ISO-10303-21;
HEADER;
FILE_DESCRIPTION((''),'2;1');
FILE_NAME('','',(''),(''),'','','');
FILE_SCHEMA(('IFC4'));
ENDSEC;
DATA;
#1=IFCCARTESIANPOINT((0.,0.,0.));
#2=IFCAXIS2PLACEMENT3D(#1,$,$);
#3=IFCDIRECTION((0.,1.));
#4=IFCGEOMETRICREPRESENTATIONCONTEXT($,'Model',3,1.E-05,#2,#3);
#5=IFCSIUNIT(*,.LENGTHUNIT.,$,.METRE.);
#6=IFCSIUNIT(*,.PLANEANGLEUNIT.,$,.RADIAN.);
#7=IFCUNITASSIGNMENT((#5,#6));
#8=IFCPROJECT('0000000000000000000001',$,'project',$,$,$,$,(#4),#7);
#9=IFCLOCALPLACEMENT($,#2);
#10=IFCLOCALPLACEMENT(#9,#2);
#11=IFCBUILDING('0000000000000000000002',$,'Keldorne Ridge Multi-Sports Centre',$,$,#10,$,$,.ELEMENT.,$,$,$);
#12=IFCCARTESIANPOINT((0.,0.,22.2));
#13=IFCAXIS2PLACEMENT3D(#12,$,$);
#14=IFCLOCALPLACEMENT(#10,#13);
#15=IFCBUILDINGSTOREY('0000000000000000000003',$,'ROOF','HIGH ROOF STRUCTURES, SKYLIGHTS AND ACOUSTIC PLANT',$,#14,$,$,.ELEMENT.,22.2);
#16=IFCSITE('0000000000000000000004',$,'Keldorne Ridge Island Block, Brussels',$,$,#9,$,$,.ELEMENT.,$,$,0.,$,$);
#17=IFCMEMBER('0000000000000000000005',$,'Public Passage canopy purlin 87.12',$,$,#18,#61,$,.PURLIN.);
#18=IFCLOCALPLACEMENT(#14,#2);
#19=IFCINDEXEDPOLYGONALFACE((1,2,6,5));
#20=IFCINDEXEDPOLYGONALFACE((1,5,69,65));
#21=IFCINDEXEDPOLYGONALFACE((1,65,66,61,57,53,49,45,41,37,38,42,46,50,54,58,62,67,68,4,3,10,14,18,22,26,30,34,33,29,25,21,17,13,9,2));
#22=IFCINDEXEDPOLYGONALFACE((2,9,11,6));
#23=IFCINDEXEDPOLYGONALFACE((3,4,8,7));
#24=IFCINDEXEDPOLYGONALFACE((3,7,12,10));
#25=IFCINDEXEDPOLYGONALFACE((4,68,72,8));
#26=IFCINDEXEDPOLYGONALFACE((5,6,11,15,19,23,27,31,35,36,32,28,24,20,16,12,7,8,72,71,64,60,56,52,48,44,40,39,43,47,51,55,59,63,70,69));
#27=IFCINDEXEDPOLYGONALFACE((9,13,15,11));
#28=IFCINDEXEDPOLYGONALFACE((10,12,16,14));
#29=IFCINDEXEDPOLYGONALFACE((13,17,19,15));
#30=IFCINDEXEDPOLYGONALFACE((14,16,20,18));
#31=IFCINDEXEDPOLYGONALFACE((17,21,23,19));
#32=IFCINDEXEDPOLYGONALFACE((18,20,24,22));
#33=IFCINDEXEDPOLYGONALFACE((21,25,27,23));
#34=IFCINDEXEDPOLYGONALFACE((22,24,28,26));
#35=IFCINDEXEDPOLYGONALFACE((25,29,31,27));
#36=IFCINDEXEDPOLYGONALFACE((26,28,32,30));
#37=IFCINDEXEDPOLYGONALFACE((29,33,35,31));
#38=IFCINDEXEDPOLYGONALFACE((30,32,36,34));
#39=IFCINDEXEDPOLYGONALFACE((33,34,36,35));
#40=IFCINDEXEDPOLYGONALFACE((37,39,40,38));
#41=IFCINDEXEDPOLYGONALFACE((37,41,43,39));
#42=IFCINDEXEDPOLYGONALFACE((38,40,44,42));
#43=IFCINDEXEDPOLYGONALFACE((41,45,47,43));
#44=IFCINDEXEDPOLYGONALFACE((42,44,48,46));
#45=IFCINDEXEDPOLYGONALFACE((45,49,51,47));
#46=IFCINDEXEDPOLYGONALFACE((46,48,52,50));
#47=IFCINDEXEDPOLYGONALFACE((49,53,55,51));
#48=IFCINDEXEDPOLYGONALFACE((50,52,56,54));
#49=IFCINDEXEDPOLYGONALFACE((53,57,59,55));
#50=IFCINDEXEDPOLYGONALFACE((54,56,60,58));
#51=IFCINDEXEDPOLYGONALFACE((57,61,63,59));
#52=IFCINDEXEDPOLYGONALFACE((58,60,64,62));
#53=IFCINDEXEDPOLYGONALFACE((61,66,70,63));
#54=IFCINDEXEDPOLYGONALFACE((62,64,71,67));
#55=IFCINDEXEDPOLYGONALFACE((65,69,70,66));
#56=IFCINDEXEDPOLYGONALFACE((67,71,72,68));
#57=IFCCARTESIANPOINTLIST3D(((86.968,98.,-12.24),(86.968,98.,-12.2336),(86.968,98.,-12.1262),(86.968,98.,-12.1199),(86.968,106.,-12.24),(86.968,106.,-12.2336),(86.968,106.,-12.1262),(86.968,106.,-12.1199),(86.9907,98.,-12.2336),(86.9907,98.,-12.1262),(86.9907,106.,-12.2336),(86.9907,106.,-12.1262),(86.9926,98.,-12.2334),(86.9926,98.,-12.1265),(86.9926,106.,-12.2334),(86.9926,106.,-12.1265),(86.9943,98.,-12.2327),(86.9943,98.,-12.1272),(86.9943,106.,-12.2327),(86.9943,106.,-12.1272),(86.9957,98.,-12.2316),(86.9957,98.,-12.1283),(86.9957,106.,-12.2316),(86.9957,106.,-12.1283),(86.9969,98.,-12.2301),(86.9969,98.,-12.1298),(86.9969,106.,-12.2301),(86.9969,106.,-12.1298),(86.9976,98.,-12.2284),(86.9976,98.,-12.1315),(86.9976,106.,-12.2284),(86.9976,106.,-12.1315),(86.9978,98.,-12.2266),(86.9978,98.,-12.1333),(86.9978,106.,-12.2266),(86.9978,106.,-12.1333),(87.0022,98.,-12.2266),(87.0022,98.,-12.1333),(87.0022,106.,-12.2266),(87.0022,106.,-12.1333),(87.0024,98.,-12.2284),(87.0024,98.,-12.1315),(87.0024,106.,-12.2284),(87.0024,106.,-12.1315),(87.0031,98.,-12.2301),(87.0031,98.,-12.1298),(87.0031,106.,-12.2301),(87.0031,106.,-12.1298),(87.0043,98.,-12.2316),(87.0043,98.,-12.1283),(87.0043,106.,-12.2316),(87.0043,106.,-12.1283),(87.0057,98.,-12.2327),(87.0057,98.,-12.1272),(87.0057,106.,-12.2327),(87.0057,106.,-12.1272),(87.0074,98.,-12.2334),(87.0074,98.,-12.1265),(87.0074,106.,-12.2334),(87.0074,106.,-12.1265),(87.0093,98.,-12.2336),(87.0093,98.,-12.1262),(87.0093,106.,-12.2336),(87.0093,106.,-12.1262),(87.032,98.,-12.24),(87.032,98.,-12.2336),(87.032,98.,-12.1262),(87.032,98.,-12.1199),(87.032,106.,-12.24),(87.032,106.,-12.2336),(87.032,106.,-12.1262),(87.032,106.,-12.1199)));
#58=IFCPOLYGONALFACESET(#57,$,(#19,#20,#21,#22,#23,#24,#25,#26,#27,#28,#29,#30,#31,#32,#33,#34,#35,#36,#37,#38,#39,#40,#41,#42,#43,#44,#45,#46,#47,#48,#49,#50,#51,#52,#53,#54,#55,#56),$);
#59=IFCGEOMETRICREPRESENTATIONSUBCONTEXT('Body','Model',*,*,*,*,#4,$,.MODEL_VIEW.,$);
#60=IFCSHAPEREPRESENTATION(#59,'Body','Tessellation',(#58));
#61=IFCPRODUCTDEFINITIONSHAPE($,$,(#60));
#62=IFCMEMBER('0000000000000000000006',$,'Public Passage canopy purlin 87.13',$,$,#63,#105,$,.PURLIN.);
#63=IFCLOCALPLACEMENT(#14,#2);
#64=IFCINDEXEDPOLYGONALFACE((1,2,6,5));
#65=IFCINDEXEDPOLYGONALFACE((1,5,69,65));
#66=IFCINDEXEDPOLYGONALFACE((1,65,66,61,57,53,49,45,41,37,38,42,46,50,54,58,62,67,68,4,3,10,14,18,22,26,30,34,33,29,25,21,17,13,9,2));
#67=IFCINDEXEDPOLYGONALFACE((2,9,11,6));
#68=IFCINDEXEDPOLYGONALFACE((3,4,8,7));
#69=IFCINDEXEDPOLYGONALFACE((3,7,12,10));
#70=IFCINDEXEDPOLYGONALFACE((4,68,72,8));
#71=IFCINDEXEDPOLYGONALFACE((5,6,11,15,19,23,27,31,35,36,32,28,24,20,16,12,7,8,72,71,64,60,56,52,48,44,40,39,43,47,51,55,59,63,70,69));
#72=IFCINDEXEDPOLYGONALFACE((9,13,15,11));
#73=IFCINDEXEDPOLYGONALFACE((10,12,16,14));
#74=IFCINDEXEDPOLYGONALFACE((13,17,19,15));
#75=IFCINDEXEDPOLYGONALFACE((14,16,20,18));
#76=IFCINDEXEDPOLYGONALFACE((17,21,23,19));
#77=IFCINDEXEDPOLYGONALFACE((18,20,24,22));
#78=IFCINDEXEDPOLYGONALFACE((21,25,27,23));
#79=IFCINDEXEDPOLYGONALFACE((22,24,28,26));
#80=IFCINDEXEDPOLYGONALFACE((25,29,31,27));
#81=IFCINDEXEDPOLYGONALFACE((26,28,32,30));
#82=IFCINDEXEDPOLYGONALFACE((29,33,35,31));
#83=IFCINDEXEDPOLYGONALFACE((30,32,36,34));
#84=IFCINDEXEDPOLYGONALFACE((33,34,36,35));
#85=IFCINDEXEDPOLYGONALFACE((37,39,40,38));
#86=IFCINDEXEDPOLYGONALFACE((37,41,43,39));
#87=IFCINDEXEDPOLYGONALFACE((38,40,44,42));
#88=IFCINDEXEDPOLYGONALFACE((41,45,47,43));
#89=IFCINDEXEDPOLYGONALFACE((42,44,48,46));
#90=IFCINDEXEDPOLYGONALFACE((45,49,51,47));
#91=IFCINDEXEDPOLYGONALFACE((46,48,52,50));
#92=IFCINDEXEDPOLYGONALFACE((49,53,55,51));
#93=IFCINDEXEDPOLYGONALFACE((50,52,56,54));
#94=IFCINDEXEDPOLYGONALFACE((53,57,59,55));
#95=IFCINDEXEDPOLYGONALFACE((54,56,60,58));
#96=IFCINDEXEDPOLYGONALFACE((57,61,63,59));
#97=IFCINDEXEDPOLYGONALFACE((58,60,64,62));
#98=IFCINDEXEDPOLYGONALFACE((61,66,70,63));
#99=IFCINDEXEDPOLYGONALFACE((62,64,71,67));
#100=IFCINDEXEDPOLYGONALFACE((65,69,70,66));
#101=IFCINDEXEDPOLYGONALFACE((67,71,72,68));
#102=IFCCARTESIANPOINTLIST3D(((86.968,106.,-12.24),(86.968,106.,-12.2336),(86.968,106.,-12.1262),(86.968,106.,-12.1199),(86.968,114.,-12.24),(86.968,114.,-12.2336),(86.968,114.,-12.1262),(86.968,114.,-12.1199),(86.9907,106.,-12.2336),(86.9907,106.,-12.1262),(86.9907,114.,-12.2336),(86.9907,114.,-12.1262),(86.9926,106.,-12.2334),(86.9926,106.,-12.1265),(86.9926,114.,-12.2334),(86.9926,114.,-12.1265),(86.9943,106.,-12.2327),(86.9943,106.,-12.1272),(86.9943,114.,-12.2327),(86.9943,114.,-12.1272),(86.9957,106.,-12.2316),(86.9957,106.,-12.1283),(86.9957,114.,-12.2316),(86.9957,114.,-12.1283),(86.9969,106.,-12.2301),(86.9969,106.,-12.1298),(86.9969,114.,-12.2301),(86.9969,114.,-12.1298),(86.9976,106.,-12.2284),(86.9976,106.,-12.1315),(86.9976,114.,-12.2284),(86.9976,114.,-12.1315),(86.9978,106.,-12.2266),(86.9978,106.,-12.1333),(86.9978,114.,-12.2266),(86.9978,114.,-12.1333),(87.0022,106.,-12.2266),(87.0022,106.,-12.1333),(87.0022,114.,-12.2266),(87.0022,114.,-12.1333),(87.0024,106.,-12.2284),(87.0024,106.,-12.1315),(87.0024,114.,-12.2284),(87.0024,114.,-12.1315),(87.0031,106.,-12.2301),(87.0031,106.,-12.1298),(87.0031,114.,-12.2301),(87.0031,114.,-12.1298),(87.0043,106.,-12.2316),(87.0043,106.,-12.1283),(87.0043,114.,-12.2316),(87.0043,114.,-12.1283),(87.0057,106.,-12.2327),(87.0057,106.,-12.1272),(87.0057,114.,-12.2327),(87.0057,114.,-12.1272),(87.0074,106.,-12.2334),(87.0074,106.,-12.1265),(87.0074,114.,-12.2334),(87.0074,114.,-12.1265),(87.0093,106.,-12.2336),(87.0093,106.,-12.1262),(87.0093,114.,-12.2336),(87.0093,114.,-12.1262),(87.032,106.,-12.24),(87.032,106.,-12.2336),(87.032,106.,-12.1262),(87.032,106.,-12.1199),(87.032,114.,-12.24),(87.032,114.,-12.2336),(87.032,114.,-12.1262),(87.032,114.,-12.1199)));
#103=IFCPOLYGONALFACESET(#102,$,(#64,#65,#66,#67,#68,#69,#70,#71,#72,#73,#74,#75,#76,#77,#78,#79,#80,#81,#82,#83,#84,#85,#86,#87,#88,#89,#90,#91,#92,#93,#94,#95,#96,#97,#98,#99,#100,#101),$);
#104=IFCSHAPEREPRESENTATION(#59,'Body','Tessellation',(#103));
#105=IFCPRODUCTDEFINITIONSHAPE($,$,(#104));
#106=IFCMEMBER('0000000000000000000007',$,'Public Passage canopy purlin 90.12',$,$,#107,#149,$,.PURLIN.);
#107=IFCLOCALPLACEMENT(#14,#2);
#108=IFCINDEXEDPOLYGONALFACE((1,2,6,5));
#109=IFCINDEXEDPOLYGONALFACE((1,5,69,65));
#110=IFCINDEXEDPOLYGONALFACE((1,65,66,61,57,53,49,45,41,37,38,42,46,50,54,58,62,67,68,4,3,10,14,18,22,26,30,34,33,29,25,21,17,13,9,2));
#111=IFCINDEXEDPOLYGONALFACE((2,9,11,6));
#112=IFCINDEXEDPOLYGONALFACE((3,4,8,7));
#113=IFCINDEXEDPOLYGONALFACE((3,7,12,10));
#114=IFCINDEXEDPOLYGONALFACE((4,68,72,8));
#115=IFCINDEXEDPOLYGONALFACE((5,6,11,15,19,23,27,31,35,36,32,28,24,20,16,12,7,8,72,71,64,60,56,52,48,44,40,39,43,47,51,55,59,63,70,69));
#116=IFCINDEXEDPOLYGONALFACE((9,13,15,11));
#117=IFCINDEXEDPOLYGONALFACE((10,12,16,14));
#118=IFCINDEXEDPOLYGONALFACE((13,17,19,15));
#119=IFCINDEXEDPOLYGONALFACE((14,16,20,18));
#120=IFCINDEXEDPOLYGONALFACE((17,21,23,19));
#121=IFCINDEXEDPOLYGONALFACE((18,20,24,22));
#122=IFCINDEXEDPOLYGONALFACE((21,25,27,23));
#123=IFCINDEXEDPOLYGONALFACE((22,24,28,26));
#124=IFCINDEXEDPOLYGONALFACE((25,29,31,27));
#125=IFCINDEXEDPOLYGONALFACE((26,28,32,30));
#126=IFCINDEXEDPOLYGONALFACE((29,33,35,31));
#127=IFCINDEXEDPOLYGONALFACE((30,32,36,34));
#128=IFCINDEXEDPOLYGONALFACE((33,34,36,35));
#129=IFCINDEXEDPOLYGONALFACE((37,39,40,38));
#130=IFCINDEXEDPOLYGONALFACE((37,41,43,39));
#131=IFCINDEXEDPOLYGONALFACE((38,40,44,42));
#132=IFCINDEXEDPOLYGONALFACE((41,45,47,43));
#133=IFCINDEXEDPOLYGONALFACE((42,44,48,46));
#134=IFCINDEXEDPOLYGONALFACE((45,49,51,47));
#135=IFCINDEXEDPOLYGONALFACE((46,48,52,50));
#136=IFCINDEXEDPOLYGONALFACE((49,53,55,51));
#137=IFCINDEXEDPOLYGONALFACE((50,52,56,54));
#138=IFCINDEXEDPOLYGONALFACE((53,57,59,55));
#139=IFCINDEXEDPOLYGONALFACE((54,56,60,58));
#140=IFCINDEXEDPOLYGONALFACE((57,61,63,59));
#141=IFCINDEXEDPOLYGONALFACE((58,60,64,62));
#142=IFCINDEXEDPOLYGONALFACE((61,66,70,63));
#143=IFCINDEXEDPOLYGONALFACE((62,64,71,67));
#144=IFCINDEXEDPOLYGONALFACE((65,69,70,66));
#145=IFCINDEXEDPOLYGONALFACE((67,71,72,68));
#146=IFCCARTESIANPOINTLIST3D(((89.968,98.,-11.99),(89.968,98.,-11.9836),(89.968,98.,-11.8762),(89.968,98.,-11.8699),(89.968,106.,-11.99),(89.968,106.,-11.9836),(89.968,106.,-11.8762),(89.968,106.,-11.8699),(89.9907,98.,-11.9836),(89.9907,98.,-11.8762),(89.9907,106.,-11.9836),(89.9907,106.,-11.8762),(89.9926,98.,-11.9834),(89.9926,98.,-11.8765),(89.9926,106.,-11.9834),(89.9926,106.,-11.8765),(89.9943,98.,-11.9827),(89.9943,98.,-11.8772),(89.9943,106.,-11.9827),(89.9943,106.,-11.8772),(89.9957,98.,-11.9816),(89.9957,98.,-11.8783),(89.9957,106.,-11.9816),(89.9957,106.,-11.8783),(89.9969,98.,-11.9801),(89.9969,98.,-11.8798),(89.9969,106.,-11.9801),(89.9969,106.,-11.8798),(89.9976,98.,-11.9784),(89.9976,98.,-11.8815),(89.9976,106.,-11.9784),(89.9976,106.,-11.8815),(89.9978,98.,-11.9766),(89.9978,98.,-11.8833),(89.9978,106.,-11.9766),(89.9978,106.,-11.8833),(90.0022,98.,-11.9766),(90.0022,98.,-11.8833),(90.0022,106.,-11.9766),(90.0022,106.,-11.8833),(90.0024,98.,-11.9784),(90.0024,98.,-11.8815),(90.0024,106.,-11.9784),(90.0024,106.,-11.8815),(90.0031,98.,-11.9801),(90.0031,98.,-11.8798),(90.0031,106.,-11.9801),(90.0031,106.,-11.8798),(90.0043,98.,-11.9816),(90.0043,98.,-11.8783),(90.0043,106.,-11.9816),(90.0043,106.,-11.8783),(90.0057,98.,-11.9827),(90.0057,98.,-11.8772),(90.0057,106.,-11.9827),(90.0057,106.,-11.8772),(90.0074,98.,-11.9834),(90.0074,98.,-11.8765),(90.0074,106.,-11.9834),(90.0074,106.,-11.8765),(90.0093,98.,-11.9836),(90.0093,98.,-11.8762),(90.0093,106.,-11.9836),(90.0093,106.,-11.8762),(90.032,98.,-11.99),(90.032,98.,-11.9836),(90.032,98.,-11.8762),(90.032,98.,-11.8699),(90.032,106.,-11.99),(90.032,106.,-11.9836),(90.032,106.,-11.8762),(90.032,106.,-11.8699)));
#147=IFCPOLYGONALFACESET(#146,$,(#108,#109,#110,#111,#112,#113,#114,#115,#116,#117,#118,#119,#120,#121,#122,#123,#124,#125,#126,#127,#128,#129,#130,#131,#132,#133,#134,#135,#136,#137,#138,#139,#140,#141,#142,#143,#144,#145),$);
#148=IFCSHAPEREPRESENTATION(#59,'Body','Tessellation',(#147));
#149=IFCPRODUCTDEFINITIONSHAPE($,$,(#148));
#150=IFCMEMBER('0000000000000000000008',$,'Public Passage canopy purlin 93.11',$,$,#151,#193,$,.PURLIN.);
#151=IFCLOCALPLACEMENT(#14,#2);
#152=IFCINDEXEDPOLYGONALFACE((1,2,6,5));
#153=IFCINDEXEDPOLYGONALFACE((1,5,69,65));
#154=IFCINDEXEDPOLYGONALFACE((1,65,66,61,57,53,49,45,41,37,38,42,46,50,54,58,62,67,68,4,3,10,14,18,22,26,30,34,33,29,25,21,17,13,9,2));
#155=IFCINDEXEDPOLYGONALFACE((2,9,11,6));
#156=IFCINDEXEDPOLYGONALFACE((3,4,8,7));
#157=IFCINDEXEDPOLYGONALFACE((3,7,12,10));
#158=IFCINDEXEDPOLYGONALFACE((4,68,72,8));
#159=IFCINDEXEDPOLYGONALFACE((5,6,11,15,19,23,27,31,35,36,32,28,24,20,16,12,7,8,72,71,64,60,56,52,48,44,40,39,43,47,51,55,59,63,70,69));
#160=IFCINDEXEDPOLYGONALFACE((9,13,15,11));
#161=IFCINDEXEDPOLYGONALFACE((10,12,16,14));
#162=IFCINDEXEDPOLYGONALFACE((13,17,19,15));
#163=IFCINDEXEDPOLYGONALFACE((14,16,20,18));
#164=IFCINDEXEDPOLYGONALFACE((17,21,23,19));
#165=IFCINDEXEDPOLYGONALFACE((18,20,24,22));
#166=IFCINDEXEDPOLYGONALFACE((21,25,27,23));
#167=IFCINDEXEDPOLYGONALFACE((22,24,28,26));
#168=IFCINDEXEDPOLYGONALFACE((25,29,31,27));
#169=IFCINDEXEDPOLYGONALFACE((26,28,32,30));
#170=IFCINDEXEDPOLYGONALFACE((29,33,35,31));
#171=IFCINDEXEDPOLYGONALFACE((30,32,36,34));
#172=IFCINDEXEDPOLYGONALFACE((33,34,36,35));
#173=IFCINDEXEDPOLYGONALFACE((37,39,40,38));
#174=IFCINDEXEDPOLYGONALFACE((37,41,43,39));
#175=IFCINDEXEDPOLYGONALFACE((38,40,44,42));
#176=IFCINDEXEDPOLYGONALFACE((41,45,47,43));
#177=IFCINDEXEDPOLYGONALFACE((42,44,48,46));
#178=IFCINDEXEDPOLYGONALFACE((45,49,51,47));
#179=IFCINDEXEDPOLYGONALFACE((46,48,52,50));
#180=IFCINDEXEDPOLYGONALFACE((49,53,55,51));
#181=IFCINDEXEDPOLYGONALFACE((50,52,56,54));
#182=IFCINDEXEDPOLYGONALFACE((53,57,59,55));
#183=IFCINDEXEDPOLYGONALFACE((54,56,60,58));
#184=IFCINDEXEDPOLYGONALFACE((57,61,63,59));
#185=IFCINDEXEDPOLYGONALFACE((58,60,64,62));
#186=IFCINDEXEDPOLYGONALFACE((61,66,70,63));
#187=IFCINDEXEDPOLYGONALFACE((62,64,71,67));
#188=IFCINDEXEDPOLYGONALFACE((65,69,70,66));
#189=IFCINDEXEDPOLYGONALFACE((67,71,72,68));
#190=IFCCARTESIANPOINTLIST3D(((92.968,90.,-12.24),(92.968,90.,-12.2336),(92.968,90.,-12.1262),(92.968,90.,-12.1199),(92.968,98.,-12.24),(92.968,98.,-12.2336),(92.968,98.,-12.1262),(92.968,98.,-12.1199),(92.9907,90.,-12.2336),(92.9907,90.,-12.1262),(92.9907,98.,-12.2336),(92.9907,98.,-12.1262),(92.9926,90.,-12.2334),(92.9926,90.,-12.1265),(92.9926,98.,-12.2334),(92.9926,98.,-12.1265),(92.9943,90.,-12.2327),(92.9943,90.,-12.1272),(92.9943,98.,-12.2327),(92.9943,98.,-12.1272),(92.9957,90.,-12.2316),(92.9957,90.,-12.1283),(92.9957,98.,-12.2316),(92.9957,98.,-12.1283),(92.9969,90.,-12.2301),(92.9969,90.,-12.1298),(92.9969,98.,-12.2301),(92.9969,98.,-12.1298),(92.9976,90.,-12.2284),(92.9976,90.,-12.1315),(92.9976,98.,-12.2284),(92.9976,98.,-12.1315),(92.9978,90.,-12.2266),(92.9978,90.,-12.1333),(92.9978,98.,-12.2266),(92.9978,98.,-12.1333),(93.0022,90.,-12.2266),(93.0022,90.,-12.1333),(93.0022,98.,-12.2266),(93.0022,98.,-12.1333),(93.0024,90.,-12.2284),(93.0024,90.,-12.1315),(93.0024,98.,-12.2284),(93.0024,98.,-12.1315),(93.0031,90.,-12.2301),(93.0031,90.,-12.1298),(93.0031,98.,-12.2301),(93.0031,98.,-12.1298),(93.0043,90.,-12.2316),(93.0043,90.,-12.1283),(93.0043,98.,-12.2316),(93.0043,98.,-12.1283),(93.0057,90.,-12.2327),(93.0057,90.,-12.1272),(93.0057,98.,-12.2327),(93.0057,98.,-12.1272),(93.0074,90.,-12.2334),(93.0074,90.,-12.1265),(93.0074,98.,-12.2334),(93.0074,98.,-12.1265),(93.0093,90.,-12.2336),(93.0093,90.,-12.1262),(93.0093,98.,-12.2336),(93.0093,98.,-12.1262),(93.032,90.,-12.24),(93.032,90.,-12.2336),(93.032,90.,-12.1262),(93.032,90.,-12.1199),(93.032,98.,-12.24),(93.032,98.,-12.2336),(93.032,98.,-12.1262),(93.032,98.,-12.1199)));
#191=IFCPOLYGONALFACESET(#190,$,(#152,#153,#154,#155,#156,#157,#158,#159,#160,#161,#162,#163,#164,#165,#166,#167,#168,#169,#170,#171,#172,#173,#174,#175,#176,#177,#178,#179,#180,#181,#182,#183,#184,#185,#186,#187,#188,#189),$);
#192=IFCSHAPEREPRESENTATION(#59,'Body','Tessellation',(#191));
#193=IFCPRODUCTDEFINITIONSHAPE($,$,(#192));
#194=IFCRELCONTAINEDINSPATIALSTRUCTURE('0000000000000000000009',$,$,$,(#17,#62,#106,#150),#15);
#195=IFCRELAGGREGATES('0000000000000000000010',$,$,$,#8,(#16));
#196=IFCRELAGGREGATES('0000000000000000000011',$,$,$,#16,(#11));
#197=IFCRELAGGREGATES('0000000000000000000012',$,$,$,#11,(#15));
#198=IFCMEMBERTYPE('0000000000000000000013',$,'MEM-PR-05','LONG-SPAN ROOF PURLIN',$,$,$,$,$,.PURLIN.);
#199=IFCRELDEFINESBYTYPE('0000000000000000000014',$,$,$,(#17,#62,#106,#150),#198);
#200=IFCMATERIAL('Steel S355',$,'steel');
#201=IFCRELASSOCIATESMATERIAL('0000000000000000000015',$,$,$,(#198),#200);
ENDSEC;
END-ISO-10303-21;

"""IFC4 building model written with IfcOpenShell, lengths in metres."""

from ifc_helpers import new_model, si_unit, direction, frame, origin, origin_2d, place, context, subcontext, project, spatial, i_section, extrude, material, material_profile, profile_set, type_object, element, save


model = new_model("IFC4")

# Units and contexts
model_context = context("Model", 3, precision=1e-05, world=origin(), true_north=direction((0.0, 1.0)))
body_context = subcontext(model_context, "Body", "Model", "MODEL_VIEW")
ifc_project = project(units=[si_unit("LENGTHUNIT", "METRE"), si_unit("PLANEANGLEUNIT", "RADIAN")], contexts=[model_context])

# Site, building, storey
site_placement = place(None, origin())
site = spatial("IfcSite", under=ifc_project, at=site_placement, Name="Keldorne Ridge Island Block, Brussels", CompositionType="ELEMENT", RefElevation=0.0)
building_placement = place(site_placement, origin())
building = spatial("IfcBuilding", under=site, at=building_placement, Name="Keldorne Ridge Multi-Sports Centre", CompositionType="ELEMENT")
storey_placement = place(building_placement, frame((0.0, 0.0, 22.2)))
storey = spatial("IfcBuildingStorey", under=building, at=storey_placement, Name="ROOF", Description="HIGH ROOF STRUCTURES, SKYLIGHTS AND ACOUSTIC PLANT", CompositionType="ELEMENT", Elevation=22.2)

# Members
ifc_material = material(Name="Steel S355", Category="steel")
ifc_material_profile_1 = material_profile(ifc_material, i_section(OverallWidth=0.064, OverallDepth=0.1201, WebThickness=0.0044, FlangeThickness=0.0063, FilletRadius=0.0071, at=origin_2d()), Name="IPE 120")
ifc_profile_set_1 = profile_set([ifc_material_profile_1], Name="Steel S355")
member_type_1 = type_object("IfcMemberType", Name="MEM-PR-05", Description="LONG-SPAN ROOF PURLIN", PredefinedType="PURLIN", material=ifc_profile_set_1)
for number, where, z_axis, x_axis, name in (
    (1, (87.0, 98.0, -12.1799), (0.0, 1.0, 0.0), (-1.0, 0.0, 0.0), "Public Passage canopy purlin 87.12"),
    (2, (87.0, 106.0, -12.1799), (0.0, 1.0, 0.0), (-1.0, 0.0, 0.0), "Public Passage canopy purlin 87.13"),
    (3, (90.0, 98.0, -11.9299), (0.0, 1.0, 0.0), (-1.0, 0.0, 0.0), "Public Passage canopy purlin 90.12"),
    (4, (93.0, 90.0, -12.1799), (0.0, 1.0, 0.0), (-1.0, 0.0, 0.0), "Public Passage canopy purlin 93.11"),
):
    element("IfcMember", number, at=place(storey_placement, frame(where, z_axis=z_axis, x_axis=x_axis)), inside=storey, type_object=member_type_1, Name=name, PredefinedType="PURLIN", context=body_context, shape_type="SweptSolid", body=[
        extrude(i_section(OverallWidth=0.064, OverallDepth=0.1201, WebThickness=0.0044, FlangeThickness=0.0063, FilletRadius=0.0071, at=origin_2d()), origin(), (0.0, 0.0, 1.0), 8.0),
    ])

save(model, "model.ifc")
